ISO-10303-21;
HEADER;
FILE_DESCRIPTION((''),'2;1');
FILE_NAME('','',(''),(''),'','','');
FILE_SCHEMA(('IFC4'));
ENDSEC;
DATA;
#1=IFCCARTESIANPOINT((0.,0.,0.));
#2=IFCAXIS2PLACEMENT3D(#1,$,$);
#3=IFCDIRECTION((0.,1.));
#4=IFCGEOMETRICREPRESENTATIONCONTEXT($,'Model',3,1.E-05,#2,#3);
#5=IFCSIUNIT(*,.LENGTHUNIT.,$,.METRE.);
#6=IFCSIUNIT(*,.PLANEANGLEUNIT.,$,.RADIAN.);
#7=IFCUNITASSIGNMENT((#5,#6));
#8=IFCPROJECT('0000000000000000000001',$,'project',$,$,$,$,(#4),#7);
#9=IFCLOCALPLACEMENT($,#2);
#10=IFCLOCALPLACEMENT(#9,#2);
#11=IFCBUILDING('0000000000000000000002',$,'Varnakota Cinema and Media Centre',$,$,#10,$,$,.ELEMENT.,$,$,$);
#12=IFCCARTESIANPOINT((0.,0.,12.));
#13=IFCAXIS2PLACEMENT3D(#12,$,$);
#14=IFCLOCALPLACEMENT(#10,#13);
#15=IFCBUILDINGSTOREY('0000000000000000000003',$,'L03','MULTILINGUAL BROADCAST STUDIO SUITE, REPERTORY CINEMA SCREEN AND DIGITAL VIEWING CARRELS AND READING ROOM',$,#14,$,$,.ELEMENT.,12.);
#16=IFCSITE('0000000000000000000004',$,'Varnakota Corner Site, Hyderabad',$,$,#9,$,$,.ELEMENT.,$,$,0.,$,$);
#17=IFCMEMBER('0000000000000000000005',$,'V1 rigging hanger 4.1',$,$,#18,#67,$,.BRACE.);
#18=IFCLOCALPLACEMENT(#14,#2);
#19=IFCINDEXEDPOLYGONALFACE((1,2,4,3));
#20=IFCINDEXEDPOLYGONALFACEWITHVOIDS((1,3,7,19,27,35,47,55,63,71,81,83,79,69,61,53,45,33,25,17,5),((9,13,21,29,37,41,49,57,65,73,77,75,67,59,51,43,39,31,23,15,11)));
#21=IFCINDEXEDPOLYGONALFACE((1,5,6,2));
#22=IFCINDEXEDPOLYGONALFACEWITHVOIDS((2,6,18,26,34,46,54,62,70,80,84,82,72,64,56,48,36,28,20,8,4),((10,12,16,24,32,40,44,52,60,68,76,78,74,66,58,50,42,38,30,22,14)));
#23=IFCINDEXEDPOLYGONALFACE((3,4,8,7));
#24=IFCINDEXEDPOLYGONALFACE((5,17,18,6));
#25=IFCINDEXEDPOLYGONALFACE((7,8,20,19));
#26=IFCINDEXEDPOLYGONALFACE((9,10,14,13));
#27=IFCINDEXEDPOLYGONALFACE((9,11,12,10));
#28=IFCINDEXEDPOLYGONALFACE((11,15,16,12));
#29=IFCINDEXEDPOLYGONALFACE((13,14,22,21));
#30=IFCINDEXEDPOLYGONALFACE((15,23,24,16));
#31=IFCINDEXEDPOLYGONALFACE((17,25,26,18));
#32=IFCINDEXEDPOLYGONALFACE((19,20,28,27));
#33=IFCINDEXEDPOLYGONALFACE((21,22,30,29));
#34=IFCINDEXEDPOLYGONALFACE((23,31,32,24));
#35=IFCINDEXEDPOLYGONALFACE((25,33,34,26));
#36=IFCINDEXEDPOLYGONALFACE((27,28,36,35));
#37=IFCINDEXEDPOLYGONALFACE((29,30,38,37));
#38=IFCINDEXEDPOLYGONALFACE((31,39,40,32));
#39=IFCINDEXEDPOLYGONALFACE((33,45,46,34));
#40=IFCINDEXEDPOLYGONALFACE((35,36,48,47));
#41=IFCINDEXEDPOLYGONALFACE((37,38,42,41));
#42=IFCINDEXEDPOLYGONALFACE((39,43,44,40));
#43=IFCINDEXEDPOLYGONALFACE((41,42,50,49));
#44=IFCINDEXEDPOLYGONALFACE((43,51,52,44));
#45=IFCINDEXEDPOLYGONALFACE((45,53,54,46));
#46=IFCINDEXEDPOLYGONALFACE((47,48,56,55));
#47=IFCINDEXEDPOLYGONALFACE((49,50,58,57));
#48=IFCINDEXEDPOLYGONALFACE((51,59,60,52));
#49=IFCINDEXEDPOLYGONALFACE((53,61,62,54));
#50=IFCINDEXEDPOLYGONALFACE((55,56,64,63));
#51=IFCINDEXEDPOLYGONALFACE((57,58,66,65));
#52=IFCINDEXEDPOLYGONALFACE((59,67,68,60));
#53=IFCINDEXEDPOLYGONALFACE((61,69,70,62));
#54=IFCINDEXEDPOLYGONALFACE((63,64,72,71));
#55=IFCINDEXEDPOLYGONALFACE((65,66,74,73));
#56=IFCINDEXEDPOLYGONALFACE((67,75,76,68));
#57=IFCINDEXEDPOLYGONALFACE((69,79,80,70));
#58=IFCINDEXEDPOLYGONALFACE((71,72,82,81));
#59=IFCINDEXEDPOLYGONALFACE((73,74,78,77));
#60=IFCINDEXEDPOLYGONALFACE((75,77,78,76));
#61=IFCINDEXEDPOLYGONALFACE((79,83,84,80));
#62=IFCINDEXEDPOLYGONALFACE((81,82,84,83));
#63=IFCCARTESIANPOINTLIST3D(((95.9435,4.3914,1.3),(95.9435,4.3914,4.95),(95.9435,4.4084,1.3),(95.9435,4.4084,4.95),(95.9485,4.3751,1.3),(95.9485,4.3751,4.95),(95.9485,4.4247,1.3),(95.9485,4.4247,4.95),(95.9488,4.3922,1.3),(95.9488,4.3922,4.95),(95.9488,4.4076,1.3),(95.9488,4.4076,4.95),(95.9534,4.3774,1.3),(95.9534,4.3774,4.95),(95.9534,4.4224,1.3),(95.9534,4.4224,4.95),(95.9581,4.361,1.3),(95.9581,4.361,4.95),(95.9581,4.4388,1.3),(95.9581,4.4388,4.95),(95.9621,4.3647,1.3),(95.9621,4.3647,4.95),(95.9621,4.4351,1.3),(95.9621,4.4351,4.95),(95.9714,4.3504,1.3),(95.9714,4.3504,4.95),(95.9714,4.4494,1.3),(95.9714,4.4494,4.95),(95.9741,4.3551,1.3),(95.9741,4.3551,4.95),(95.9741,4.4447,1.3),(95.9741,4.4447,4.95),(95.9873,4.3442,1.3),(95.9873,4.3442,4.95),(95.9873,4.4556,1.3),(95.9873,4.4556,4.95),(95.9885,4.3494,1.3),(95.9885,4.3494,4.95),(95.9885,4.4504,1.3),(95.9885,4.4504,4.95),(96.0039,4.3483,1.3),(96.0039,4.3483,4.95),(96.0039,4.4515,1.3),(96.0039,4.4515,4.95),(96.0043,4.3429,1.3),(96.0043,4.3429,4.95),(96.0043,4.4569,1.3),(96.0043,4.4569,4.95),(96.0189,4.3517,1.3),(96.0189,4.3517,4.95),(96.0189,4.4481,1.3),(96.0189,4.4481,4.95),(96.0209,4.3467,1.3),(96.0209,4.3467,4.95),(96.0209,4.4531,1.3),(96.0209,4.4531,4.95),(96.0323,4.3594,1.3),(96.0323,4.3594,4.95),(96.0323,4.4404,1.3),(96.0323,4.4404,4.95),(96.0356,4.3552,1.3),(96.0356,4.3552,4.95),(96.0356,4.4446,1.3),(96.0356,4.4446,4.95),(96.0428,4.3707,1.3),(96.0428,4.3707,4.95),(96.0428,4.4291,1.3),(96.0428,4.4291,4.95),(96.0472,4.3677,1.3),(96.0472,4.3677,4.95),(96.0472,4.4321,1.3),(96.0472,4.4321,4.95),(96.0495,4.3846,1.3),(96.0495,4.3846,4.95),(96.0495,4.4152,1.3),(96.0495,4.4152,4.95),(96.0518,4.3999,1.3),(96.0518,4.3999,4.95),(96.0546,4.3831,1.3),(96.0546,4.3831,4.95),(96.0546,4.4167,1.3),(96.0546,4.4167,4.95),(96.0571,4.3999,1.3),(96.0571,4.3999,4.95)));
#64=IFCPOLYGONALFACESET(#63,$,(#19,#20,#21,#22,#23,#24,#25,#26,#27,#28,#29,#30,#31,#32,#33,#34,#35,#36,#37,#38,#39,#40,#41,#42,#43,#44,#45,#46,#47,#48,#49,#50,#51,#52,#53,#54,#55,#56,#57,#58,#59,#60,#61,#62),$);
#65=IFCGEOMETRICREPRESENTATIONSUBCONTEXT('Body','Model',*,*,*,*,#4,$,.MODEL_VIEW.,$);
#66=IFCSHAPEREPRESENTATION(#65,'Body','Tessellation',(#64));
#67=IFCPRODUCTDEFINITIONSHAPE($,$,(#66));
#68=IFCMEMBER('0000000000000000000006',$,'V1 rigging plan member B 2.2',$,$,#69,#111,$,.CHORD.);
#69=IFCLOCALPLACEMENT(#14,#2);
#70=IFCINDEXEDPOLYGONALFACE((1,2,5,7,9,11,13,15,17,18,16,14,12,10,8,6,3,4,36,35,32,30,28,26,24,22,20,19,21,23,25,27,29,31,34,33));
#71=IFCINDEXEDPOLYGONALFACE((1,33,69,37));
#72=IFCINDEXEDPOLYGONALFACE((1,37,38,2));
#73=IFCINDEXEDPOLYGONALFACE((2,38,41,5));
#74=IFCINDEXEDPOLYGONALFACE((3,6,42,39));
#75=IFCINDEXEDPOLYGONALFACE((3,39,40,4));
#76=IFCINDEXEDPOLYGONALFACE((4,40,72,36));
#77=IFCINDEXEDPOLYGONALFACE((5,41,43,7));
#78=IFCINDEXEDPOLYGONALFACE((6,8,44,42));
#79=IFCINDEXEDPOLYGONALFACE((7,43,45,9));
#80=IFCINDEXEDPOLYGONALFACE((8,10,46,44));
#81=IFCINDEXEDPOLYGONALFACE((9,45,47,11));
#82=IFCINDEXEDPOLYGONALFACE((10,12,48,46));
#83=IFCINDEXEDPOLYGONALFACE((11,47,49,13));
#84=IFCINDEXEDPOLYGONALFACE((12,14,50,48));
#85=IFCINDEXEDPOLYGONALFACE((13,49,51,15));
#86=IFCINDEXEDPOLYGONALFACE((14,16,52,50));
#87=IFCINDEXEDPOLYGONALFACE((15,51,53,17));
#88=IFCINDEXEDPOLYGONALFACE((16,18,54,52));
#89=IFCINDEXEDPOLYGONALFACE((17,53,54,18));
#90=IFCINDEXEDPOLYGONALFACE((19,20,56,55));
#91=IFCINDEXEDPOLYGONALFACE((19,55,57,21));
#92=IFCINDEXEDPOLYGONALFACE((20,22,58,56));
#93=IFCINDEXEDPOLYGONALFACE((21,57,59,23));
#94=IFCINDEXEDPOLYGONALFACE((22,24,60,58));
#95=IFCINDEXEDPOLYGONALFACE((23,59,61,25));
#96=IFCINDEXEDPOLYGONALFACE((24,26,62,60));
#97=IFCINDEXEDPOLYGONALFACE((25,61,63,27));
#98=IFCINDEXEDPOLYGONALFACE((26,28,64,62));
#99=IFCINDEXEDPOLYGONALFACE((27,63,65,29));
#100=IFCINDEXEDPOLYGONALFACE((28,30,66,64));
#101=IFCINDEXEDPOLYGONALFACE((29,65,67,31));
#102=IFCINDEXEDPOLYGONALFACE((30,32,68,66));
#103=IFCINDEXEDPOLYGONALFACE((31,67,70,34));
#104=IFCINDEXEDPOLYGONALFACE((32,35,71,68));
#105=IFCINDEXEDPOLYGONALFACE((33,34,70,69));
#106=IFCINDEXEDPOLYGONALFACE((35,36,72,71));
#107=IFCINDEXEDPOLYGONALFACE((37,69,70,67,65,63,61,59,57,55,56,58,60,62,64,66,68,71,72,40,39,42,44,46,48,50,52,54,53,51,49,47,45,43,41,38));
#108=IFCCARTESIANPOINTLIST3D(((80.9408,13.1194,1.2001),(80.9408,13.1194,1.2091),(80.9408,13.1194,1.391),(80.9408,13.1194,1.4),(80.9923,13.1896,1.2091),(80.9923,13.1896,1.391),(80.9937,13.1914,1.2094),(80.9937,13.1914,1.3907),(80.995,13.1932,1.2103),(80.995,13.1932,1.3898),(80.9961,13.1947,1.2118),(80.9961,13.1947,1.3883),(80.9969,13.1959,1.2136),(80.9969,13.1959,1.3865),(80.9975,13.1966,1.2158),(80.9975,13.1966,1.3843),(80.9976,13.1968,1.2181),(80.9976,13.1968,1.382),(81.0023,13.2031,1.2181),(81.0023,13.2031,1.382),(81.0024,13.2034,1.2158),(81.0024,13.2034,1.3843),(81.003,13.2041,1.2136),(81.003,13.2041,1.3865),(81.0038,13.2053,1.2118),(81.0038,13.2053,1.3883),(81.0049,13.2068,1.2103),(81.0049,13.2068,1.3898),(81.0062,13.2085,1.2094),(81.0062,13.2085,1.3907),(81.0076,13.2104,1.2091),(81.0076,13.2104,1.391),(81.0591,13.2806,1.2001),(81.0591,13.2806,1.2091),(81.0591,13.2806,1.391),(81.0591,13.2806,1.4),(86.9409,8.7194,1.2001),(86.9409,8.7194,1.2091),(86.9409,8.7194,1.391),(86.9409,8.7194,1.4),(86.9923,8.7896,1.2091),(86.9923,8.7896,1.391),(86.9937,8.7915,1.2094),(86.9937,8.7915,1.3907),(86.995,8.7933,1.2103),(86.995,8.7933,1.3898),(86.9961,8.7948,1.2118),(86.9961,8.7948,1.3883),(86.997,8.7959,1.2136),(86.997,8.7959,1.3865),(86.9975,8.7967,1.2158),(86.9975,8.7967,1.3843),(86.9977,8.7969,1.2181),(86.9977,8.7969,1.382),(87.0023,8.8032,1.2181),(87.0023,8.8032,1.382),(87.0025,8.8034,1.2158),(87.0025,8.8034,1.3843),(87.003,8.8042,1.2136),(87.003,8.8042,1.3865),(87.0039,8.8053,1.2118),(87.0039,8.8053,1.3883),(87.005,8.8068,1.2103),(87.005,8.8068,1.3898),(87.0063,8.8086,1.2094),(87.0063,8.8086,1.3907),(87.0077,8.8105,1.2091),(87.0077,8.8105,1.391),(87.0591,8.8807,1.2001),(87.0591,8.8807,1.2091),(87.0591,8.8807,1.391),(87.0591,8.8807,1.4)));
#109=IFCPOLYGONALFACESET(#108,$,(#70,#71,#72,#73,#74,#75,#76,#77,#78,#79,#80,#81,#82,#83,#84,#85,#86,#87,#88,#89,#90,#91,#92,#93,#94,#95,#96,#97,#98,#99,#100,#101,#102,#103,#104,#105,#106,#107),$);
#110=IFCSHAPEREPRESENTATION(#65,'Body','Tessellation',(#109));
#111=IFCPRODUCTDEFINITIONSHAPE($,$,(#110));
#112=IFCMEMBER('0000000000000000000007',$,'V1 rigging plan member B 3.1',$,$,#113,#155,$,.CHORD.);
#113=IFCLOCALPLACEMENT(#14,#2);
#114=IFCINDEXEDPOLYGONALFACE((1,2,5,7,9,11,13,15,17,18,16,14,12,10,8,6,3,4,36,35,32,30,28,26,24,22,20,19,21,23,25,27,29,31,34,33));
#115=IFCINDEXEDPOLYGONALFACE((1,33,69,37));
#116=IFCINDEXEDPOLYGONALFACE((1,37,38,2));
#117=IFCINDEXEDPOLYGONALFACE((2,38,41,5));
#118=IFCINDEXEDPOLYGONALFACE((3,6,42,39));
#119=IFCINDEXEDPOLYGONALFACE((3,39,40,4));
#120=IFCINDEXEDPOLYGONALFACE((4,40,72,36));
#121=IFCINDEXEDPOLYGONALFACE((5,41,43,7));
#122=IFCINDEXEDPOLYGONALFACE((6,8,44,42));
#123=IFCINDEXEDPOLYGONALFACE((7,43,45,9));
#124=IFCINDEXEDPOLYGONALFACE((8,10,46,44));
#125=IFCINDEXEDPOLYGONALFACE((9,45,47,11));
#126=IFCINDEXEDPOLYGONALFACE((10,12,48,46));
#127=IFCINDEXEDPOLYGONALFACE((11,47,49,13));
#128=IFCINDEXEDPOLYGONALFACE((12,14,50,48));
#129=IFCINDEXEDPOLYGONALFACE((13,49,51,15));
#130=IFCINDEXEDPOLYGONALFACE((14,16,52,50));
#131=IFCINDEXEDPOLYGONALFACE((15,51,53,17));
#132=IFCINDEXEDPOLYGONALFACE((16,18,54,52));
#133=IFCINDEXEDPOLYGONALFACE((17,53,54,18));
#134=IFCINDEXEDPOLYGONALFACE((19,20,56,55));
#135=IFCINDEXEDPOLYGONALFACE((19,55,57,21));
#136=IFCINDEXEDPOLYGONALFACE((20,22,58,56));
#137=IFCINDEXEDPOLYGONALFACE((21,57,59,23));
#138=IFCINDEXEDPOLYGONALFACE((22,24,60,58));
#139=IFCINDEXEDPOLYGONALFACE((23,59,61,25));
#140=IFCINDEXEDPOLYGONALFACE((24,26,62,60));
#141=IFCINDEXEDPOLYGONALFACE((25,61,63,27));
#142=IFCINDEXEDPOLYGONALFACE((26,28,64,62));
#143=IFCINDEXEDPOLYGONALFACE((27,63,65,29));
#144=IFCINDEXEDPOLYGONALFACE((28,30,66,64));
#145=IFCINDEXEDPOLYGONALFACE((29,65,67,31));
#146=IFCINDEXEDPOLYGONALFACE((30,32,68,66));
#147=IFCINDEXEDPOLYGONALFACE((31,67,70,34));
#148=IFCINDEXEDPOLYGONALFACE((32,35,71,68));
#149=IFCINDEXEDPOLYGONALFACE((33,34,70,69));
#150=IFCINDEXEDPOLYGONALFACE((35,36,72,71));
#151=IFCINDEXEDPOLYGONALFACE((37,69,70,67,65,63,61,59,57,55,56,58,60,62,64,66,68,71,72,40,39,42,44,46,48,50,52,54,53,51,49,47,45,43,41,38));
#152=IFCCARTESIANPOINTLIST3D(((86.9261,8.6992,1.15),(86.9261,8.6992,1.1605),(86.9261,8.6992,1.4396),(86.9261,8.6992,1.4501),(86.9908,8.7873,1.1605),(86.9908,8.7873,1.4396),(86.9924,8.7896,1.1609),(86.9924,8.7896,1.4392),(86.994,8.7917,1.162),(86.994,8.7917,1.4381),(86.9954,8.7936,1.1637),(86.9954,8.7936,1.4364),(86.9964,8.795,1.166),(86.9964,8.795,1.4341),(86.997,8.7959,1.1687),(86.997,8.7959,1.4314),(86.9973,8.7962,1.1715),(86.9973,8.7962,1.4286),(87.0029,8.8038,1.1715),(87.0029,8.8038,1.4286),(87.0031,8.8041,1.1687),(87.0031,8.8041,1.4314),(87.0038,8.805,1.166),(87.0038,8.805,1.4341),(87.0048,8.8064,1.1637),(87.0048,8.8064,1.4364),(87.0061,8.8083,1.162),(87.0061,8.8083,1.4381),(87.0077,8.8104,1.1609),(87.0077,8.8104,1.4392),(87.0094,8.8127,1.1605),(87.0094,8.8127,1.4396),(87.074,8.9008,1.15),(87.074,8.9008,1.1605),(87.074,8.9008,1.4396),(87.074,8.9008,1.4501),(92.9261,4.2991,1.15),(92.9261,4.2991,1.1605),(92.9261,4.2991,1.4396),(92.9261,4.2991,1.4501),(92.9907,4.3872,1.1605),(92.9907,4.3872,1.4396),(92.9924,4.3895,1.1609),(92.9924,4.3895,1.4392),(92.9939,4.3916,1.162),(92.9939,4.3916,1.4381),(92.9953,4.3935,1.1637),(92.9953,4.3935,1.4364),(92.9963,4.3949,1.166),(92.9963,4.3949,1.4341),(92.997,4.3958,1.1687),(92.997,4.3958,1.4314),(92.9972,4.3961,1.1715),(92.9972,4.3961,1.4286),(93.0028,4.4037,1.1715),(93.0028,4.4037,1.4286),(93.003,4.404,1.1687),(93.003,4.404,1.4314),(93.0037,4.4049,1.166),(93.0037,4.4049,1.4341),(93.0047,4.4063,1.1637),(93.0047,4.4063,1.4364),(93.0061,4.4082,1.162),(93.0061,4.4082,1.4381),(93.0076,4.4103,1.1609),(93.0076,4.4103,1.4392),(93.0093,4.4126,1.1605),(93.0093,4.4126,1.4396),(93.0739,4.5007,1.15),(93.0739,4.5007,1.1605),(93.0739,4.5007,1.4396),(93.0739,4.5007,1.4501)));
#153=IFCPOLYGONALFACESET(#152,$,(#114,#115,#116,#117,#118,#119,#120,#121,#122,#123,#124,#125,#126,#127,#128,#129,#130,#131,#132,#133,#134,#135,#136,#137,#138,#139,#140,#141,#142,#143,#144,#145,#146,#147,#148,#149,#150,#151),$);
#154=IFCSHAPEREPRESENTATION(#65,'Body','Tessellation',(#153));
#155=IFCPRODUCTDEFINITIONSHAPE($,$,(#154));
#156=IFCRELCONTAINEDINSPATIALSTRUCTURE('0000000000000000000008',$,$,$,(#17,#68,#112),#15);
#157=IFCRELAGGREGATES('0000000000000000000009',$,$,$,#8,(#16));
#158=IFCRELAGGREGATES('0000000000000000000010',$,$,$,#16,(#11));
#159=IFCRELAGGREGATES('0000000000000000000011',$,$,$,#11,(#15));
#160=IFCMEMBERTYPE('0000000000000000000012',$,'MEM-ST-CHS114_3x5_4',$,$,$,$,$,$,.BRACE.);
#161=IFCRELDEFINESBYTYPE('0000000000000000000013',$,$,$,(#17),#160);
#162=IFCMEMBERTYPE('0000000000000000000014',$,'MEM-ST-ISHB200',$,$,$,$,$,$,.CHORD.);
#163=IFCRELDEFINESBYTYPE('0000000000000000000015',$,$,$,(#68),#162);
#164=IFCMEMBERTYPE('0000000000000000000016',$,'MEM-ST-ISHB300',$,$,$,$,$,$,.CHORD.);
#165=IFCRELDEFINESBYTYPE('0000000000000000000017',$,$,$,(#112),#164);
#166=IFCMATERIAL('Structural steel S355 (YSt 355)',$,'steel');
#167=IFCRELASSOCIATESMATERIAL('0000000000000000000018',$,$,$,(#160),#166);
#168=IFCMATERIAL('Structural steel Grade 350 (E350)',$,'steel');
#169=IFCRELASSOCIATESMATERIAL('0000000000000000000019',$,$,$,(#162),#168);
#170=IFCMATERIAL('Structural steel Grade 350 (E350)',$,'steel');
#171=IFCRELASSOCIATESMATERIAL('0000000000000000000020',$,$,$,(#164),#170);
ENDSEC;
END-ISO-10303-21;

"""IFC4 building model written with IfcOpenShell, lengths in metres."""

from ifc_helpers import new_model, si_unit, direction, frame, origin, origin_2d, place, context, subcontext, project, spatial, hollow_circle, i_section, extrude, material, material_profile, profile_set, type_object, element, save


model = new_model("IFC4")

# Units and contexts
model_context = context("Model", 3, precision=1e-05, world=origin(), true_north=direction((0.0, 1.0)))
body_context = subcontext(model_context, "Body", "Model", "MODEL_VIEW")
ifc_project = project(units=[si_unit("LENGTHUNIT", "METRE"), si_unit("PLANEANGLEUNIT", "RADIAN")], contexts=[model_context])

# Site, building, storey
site_placement = place(None, origin())
site = spatial("IfcSite", under=ifc_project, at=site_placement, Name="Varnakota Corner Site, Hyderabad", CompositionType="ELEMENT", RefElevation=0.0)
building_placement = place(site_placement, origin())
building = spatial("IfcBuilding", under=site, at=building_placement, Name="Varnakota Cinema and Media Centre", CompositionType="ELEMENT")
storey_placement = place(building_placement, frame((0.0, 0.0, 12.0)))
storey = spatial("IfcBuildingStorey", under=building, at=storey_placement, Name="L03", Description="MULTILINGUAL BROADCAST STUDIO SUITE, REPERTORY CINEMA SCREEN AND DIGITAL VIEWING CARRELS AND READING ROOM", CompositionType="ELEMENT", Elevation=12.0)

# Members
ifc_material_1 = material(Name="Structural steel S355 (YSt 355)", Category="steel")
ifc_material_profile_1 = material_profile(ifc_material_1, hollow_circle(Radius=0.0571, WallThickness=0.0054, at=origin_2d()), Name="CHS 114.3x5.4")
ifc_profile_set_1 = profile_set([ifc_material_profile_1], Name="Structural steel S355 (YSt 355)")
member_type_1 = type_object("IfcMemberType", Name="MEM-ST-CHS114_3x5_4", PredefinedType="BRACE", material=ifc_profile_set_1)
for number, where, z_axis, x_axis, name in (
    (1, (96.0, 4.3999, 1.3), (0.0, 0.0, 1.0), (1.0, 0.0, 0.0), "V1 rigging hanger 4.1"),
):
    element("IfcMember", number, at=place(storey_placement, frame(where, z_axis=z_axis, x_axis=x_axis)), inside=storey, type_object=member_type_1, Name=name, PredefinedType="BRACE", context=body_context, shape_type="SweptSolid", body=[
        extrude(hollow_circle(Radius=0.0571, WallThickness=0.0054, at=origin_2d()), origin(), (0.0, 0.0, 1.0), 3.6499),
    ])
ifc_material_2 = material(Name="Structural steel Grade 350 (E350)", Category="steel")
ifc_material_profile_2 = material_profile(ifc_material_2, i_section(OverallWidth=0.2, OverallDepth=0.2, WebThickness=0.0078, FlangeThickness=0.009, FilletRadius=0.009, at=origin_2d()), Name="ISHB 200")
ifc_profile_set_2 = profile_set([ifc_material_profile_2], Name="Structural steel Grade 350 (E350)")
member_type_2 = type_object("IfcMemberType", Name="MEM-ST-ISHB200", PredefinedType="CHORD", material=ifc_profile_set_2)
member_1_placement = place(storey_placement, frame((87.0, 8.8, 1.3), z_axis=(-0.806411, 0.591355, 0.0), x_axis=(-0.591355, -0.806411, 0.0)))
element("IfcMember", 2, at=member_1_placement, inside=storey, type_object=member_type_2, Name="V1 rigging plan member B 2.2", PredefinedType="CHORD", context=body_context, shape_type="SweptSolid", body=[
    extrude(i_section(OverallWidth=0.2, OverallDepth=0.2, WebThickness=0.0078, FlangeThickness=0.009, FilletRadius=0.009, at=origin_2d()), origin(), (0.0, 0.0, 1.0), 7.4404),
])
ifc_material_3 = material(Name="Structural steel Grade 350 (E350)", Category="steel")
ifc_material_profile_3 = material_profile(ifc_material_3, i_section(OverallWidth=0.25, OverallDepth=0.3, WebThickness=0.0095, FlangeThickness=0.0105, FilletRadius=0.011, at=origin_2d()), Name="ISHB 300")
ifc_profile_set_3 = profile_set([ifc_material_profile_3], Name="Structural steel Grade 350 (E350)")
member_type_3 = type_object("IfcMemberType", Name="MEM-ST-ISHB300", PredefinedType="CHORD", material=ifc_profile_set_3)
member_2_placement = place(storey_placement, frame((93.0, 4.3999, 1.3), z_axis=(-0.806396, 0.591376, 0.0), x_axis=(-0.591376, -0.806396, 0.0)))
element("IfcMember", 3, at=member_2_placement, inside=storey, type_object=member_type_3, Name="V1 rigging plan member B 3.1", PredefinedType="CHORD", context=body_context, shape_type="SweptSolid", body=[
    extrude(i_section(OverallWidth=0.25, OverallDepth=0.3, WebThickness=0.0095, FlangeThickness=0.0105, FilletRadius=0.011, at=origin_2d()), origin(), (0.0, 0.0, 1.0), 7.4404),
])

save(model, "model.ifc")
